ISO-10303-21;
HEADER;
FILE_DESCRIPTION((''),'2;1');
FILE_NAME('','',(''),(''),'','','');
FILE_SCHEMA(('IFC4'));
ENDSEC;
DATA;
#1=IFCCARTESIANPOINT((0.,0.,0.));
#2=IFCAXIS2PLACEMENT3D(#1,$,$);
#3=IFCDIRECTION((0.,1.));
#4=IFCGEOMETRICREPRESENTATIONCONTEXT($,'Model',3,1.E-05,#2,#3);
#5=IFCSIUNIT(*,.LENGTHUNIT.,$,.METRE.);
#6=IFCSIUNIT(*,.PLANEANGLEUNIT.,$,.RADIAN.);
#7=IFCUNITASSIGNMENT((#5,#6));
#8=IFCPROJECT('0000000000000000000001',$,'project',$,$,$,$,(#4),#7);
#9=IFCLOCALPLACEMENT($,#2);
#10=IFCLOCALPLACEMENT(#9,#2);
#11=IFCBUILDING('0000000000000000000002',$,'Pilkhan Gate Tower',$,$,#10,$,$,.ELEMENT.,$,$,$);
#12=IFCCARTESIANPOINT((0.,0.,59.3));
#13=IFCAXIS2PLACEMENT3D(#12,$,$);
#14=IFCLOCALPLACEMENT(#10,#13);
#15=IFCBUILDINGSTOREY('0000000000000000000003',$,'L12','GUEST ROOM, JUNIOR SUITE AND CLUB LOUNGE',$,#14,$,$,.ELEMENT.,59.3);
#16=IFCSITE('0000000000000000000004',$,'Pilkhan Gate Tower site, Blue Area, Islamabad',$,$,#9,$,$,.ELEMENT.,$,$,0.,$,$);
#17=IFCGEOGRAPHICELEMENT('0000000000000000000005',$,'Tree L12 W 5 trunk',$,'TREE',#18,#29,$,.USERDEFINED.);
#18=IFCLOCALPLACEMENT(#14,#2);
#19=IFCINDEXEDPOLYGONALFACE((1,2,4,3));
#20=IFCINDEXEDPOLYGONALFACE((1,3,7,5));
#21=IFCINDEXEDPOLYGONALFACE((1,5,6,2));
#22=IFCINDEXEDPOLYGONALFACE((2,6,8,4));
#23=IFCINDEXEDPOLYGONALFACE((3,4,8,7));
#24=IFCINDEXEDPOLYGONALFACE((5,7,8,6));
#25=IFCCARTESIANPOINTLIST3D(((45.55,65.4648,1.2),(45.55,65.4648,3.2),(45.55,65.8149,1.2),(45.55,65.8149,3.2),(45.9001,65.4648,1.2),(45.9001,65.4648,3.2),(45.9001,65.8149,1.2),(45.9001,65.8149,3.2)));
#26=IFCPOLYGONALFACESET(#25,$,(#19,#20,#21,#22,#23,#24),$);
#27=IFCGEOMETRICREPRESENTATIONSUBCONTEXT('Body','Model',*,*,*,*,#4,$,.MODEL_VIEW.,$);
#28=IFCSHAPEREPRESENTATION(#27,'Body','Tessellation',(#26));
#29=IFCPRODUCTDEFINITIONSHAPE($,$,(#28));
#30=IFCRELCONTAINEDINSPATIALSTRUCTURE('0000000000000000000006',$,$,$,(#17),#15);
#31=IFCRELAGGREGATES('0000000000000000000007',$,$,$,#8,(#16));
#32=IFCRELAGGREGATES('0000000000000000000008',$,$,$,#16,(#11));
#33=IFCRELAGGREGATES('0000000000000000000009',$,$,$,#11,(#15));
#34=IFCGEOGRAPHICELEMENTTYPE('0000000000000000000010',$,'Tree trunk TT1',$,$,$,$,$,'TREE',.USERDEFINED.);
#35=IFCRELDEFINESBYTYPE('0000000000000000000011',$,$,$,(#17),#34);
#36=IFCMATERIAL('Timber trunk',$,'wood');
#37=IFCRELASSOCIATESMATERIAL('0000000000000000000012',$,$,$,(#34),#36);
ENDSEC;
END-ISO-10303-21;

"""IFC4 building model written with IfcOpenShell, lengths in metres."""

from ifc_helpers import new_model, si_unit, direction, frame, origin, origin_2d, place, context, subcontext, project, spatial, rectangle, extrude, material, type_object, element, save


model = new_model("IFC4")

# Units and contexts
model_context = context("Model", 3, precision=1e-05, world=origin(), true_north=direction((0.0, 1.0)))
body_context = subcontext(model_context, "Body", "Model", "MODEL_VIEW")
ifc_project = project(units=[si_unit("LENGTHUNIT", "METRE"), si_unit("PLANEANGLEUNIT", "RADIAN")], contexts=[model_context])

# Site, building, storey
site_placement = place(None, origin())
site = spatial("IfcSite", under=ifc_project, at=site_placement, Name="Pilkhan Gate Tower site, Blue Area, Islamabad", CompositionType="ELEMENT", RefElevation=0.0)
building_placement = place(site_placement, origin())
building = spatial("IfcBuilding", under=site, at=building_placement, Name="Pilkhan Gate Tower", CompositionType="ELEMENT")
storey_placement = place(building_placement, frame((0.0, 0.0, 59.3)))
storey = spatial("IfcBuildingStorey", under=building, at=storey_placement, Name="L12", Description="GUEST ROOM, JUNIOR SUITE AND CLUB LOUNGE", CompositionType="ELEMENT", Elevation=59.3)

# Geographic element
ifc_material_1 = material(Name="Timber trunk", Category="wood")
geographic_element_type_1 = type_object("IfcGeographicElementType", Name="Tree trunk TT1", ElementType="TREE", PredefinedType="USERDEFINED", material=ifc_material_1)
for number, where, z_axis, x_axis, name in (
    (1, (45.7251, 65.6399, 1.2), (0.0, 0.0, 1.0), (1.0, 0.0, 0.0), "Tree L12 W 5 trunk"),
):
    element("IfcGeographicElement", number, at=place(storey_placement, frame(where, z_axis=z_axis, x_axis=x_axis)), inside=storey, type_object=geographic_element_type_1, Name=name, ObjectType="TREE", PredefinedType="USERDEFINED", context=body_context, shape_type="SweptSolid", body=[
        extrude(rectangle(XDim=0.3501, YDim=0.3501, at=origin_2d()), origin(), (0.0, 0.0, 1.0), 2.0),
    ])

save(model, "model.ifc")
